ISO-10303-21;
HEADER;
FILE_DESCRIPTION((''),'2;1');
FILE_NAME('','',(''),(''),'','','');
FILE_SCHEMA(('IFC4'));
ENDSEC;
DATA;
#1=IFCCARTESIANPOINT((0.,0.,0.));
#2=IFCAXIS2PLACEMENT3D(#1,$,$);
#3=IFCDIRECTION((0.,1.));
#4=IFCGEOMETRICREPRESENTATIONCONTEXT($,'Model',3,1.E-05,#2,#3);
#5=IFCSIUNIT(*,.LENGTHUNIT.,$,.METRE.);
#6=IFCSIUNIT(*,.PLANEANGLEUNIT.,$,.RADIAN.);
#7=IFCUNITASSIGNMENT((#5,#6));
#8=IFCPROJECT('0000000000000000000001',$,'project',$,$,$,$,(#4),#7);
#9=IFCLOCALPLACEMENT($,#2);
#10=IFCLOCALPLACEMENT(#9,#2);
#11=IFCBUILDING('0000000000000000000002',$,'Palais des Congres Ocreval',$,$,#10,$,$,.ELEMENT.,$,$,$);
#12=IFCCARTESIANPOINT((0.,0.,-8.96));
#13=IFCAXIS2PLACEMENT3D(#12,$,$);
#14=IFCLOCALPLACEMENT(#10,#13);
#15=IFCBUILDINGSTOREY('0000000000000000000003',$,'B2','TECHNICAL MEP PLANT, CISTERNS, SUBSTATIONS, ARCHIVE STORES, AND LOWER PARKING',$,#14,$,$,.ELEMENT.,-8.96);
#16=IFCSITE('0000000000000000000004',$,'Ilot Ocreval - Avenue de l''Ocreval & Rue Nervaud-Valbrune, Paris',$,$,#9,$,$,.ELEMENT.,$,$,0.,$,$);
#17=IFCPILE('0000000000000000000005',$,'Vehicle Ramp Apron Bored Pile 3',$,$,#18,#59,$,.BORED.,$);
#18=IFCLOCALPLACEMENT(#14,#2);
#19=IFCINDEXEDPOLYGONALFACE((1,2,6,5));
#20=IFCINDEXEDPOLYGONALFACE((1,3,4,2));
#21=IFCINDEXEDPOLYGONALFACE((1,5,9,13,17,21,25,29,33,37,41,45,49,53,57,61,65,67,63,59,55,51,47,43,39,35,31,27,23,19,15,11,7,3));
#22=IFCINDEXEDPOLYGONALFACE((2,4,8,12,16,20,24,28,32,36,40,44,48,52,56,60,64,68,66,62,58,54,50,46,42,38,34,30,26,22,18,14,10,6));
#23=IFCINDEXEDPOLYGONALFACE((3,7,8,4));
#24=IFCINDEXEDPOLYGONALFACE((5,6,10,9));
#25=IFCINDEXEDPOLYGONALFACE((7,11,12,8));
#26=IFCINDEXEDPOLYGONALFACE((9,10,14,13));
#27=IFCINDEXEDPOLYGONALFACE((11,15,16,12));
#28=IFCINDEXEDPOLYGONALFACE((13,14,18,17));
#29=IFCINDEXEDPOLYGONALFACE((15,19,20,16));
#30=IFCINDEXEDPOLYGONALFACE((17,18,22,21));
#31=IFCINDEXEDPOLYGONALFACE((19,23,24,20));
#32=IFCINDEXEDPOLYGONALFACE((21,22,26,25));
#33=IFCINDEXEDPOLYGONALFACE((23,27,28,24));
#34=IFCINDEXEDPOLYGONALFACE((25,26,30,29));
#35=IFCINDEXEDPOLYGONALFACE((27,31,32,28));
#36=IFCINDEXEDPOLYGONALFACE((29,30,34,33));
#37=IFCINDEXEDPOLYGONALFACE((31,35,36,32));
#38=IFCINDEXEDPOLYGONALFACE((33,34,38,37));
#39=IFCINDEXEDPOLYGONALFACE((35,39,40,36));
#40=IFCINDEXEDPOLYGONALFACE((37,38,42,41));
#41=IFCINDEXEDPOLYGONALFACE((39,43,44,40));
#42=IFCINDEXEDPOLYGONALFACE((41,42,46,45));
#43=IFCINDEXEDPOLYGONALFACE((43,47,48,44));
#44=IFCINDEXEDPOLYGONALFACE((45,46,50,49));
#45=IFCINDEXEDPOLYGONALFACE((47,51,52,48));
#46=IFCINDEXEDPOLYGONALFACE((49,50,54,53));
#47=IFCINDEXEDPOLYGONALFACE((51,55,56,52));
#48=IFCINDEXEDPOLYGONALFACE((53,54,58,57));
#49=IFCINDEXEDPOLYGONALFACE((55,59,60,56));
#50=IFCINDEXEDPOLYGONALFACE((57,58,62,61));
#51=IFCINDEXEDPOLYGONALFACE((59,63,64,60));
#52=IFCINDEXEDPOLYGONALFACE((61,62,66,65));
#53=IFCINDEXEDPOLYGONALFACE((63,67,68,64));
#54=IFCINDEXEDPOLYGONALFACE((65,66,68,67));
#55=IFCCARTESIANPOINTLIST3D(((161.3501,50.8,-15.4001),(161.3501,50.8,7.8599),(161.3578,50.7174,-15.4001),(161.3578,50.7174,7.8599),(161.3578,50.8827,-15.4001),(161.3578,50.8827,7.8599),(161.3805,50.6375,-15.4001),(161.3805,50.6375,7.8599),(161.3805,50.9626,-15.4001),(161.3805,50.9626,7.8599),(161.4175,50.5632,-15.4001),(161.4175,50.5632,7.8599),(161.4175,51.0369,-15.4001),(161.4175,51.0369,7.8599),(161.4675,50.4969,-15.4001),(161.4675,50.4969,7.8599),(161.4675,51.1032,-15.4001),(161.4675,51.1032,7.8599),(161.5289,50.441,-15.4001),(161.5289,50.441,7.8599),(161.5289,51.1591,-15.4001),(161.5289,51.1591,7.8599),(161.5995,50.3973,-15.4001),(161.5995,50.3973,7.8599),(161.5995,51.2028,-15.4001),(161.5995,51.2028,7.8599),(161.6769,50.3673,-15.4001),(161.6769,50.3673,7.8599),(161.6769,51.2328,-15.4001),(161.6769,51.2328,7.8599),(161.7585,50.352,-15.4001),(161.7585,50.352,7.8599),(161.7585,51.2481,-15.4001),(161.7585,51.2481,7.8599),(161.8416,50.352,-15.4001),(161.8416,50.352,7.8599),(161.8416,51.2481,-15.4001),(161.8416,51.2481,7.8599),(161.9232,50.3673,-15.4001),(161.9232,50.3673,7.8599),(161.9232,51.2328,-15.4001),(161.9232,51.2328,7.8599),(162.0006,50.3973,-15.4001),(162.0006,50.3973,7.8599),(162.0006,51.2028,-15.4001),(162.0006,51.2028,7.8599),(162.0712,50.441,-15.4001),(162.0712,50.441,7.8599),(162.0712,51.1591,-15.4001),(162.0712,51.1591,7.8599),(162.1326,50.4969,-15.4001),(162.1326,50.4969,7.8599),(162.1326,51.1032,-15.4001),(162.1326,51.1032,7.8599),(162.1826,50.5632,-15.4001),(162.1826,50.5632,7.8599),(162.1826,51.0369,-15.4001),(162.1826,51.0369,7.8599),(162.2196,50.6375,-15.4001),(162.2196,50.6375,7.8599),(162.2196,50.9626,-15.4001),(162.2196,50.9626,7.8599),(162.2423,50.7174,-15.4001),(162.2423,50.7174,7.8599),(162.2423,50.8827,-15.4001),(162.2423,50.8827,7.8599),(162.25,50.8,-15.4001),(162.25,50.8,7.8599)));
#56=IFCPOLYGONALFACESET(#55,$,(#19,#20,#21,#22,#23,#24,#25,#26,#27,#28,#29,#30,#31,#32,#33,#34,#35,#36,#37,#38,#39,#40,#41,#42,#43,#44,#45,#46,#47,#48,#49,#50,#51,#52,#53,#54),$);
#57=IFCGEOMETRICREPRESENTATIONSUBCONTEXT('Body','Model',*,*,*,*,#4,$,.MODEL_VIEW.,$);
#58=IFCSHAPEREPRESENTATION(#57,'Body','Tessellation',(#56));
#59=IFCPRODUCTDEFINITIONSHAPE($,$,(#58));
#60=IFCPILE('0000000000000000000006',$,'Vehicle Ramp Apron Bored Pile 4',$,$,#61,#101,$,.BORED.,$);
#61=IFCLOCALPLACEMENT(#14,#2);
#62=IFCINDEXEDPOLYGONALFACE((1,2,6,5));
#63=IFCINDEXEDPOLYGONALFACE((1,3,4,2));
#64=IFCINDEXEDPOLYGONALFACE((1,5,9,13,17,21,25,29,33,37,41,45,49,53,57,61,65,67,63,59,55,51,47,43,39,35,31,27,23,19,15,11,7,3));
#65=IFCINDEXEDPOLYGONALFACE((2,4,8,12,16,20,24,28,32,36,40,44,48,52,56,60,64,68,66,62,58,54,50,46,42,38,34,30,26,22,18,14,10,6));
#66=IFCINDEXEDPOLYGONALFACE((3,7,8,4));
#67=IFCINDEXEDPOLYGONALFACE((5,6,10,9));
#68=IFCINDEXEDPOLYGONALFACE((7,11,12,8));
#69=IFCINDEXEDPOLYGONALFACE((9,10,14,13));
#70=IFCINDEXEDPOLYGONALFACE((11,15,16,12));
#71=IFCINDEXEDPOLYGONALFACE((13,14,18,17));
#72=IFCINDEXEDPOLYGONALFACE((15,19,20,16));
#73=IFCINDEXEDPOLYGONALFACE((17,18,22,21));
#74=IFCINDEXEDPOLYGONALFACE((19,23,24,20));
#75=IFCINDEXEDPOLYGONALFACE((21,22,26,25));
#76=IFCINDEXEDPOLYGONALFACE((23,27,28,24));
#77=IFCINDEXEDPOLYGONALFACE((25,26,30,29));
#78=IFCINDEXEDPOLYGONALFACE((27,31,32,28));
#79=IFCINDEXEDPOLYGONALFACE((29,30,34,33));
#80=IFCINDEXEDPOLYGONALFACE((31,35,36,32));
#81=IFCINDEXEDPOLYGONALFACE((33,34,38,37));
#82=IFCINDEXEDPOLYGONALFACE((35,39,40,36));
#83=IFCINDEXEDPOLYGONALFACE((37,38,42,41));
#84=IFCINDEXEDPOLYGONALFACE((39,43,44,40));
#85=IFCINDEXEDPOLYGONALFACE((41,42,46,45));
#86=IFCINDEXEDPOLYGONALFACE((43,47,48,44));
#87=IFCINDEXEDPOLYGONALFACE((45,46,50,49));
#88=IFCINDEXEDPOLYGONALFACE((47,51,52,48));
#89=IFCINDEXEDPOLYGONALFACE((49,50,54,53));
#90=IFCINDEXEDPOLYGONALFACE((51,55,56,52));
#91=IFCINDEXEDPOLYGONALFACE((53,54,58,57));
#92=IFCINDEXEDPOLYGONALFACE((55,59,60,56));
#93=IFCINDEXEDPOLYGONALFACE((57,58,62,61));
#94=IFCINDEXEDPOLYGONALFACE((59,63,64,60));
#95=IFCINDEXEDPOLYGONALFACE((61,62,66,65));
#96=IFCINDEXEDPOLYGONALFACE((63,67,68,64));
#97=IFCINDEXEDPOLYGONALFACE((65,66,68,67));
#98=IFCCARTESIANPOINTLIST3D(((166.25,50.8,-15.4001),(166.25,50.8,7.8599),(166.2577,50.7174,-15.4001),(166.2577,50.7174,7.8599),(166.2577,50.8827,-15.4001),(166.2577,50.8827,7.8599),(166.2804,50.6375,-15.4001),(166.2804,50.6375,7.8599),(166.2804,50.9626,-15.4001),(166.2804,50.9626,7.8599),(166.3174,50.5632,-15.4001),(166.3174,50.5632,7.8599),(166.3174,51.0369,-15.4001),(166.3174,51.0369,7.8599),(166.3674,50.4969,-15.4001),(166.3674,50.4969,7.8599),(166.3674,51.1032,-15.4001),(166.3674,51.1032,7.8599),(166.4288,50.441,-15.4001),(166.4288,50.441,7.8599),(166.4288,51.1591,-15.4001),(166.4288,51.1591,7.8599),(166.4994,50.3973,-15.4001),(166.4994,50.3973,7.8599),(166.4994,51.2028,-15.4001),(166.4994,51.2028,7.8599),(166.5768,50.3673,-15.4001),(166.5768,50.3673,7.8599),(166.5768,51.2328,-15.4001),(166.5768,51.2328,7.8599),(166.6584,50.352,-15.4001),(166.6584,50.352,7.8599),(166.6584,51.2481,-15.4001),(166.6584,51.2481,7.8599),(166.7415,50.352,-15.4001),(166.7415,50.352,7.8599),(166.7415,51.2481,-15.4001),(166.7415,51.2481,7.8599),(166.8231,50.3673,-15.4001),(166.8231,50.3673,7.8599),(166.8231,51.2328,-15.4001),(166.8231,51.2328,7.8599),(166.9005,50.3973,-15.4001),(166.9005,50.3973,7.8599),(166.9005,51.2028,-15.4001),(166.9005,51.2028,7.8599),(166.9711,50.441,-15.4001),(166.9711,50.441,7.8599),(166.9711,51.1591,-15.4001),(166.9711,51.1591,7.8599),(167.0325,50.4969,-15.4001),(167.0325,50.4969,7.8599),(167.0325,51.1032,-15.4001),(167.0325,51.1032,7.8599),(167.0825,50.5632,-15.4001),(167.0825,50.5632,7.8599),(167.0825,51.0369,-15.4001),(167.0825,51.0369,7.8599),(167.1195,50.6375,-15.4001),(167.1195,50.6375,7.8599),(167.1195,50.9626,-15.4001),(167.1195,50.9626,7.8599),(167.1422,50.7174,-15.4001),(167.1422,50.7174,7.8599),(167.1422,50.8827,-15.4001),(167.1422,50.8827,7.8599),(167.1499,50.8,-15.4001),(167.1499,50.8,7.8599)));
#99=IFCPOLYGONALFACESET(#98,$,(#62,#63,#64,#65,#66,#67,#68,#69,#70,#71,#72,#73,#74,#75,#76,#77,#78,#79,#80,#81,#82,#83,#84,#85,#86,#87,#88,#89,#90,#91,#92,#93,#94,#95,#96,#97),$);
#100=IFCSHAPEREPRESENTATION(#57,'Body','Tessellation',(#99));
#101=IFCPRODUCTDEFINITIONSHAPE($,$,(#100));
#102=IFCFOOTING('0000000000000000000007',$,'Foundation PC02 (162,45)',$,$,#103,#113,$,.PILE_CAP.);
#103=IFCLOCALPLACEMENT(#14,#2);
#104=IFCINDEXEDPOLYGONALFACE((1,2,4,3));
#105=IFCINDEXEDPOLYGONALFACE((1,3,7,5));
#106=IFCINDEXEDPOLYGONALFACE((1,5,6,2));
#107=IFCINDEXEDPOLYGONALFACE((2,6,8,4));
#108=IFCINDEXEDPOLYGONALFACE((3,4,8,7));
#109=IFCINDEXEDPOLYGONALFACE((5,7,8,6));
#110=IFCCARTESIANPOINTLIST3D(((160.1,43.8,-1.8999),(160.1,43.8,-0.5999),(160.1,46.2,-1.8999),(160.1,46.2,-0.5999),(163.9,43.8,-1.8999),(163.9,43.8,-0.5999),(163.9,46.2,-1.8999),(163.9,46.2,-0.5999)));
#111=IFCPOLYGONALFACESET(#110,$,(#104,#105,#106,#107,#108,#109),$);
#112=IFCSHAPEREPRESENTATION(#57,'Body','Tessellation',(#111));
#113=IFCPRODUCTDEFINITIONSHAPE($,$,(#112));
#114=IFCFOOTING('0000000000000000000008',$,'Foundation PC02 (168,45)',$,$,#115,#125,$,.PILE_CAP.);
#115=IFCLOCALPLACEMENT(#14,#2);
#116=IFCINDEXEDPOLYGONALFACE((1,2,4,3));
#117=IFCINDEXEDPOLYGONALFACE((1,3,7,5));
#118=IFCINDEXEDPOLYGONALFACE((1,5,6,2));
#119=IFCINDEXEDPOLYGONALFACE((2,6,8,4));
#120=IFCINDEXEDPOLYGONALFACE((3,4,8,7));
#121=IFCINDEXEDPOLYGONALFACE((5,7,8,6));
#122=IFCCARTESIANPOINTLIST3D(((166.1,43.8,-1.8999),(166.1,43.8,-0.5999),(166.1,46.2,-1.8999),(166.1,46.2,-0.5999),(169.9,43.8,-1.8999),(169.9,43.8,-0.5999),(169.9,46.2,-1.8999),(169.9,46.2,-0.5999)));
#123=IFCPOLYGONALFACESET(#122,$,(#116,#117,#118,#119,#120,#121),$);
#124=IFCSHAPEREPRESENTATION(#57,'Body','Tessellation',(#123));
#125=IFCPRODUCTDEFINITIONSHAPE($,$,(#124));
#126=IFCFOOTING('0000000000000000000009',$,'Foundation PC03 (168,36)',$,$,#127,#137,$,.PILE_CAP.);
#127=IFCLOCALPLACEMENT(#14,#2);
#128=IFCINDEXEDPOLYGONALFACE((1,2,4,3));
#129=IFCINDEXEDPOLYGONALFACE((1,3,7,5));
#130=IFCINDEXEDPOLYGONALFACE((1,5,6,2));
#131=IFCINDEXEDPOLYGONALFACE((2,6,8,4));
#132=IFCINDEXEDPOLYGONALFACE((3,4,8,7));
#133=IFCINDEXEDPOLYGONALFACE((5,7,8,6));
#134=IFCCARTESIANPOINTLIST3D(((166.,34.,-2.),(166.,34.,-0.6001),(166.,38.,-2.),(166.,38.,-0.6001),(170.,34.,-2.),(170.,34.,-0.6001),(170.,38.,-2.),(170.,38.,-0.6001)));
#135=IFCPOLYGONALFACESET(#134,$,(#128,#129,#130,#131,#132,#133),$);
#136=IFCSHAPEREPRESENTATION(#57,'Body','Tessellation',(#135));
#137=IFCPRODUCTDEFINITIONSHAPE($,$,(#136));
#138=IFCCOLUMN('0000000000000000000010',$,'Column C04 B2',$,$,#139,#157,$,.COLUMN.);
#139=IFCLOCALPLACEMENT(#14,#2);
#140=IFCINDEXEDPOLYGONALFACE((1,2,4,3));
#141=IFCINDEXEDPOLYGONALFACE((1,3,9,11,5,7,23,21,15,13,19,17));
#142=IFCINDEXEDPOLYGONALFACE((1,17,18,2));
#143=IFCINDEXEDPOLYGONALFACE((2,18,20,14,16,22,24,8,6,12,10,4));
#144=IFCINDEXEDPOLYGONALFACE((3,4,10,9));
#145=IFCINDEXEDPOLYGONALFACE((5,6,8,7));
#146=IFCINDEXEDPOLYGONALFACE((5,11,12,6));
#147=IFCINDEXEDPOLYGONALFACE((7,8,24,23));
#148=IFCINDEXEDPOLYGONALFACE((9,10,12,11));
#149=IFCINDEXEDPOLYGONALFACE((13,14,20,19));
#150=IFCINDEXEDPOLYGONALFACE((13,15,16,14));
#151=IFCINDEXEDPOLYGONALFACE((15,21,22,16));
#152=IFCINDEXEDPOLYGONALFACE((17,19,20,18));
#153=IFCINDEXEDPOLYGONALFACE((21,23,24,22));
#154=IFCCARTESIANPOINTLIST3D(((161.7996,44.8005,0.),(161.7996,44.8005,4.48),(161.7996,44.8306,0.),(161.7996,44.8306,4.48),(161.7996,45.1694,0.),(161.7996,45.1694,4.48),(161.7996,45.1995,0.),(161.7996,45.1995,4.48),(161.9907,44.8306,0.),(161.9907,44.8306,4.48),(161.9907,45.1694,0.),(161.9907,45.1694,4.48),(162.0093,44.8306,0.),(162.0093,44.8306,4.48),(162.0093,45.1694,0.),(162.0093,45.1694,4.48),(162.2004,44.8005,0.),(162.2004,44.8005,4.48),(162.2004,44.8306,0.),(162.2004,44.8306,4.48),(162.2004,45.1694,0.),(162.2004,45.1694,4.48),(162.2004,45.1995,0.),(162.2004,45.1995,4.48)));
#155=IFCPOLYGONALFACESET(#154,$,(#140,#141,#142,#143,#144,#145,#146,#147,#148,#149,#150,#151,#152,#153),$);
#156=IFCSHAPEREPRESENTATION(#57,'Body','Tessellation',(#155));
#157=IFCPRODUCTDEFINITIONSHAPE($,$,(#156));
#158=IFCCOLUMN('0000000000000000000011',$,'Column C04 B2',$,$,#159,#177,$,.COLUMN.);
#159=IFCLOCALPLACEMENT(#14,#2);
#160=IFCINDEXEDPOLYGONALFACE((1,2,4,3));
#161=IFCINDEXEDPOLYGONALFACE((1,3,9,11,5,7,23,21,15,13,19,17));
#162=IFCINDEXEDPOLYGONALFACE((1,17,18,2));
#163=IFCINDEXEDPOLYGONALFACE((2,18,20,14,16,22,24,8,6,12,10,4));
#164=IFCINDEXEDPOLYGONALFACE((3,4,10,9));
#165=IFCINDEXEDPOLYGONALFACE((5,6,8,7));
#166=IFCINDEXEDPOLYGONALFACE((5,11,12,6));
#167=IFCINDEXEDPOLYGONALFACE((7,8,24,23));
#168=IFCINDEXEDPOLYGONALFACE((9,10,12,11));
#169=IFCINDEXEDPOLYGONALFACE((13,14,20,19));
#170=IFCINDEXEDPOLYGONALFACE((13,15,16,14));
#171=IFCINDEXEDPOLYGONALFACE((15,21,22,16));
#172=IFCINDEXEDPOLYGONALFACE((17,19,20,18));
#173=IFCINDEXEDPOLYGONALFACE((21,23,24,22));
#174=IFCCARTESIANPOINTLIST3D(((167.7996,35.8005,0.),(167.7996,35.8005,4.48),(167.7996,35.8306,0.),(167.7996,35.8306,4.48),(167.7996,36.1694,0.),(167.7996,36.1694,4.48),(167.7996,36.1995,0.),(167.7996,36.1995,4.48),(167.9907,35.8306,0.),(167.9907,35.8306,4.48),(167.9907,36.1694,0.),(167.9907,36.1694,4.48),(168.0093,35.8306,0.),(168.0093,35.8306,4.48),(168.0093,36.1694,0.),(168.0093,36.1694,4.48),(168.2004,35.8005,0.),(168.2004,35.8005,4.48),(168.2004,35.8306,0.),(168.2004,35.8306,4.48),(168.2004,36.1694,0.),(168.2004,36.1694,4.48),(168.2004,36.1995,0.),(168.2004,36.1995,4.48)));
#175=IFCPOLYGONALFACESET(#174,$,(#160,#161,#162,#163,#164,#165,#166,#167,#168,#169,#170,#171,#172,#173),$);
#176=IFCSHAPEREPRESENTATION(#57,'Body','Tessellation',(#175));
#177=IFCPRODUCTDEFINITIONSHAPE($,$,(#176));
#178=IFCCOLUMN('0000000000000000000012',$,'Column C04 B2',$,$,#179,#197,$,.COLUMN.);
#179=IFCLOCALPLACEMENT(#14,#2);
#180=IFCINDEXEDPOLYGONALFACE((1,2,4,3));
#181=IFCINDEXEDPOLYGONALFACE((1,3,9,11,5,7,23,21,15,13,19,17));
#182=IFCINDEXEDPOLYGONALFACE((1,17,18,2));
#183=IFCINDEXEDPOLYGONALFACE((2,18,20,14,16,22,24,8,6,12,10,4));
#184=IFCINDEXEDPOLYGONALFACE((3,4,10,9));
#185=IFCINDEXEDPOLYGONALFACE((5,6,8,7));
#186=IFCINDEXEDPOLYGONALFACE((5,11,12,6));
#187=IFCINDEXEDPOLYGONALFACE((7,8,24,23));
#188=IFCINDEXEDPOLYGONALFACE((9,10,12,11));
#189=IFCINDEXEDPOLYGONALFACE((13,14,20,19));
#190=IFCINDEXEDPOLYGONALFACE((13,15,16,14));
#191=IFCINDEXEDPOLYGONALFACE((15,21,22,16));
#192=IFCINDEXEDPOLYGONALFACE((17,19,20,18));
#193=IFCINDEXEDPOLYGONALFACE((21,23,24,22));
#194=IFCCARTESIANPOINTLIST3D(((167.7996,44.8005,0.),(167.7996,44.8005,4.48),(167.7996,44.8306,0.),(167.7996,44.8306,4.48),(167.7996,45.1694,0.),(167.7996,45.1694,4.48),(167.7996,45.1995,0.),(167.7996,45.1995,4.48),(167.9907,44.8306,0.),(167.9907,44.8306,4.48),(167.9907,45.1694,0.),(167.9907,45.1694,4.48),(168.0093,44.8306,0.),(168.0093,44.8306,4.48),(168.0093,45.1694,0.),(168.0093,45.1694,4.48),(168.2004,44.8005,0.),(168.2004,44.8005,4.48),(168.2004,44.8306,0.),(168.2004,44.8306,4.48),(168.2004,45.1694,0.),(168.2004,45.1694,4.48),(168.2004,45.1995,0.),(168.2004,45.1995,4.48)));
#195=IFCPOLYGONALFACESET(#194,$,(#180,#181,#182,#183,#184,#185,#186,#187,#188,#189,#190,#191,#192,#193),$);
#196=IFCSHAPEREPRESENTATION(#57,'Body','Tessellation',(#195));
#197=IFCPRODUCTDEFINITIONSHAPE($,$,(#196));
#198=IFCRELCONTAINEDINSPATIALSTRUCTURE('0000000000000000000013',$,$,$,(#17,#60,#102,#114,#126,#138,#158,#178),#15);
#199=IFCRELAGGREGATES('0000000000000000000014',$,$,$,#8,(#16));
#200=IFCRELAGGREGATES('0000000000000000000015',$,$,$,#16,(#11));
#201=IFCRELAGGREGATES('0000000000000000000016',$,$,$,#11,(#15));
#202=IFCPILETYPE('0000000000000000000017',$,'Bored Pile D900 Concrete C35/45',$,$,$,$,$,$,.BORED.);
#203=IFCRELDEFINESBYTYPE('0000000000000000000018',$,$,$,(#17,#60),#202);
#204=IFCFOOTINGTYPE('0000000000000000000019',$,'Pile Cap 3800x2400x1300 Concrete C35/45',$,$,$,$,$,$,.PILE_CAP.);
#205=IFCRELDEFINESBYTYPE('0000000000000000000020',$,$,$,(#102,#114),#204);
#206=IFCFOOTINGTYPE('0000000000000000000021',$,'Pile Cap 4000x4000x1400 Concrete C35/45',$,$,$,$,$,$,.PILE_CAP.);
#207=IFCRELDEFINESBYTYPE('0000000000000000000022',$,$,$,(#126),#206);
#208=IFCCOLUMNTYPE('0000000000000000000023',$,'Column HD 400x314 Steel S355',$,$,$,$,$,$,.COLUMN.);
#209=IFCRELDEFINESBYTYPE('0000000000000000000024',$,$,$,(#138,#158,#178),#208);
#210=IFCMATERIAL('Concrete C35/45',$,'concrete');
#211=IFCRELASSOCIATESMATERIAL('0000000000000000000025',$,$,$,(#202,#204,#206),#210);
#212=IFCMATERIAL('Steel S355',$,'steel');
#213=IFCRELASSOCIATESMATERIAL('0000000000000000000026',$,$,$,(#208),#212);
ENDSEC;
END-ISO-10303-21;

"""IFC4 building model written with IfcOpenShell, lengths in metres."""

from ifc_helpers import new_model, si_unit, direction, frame, origin, origin_2d, place, context, subcontext, project, spatial, rectangle, circle, i_section, extrude, material, material_profile, profile_set, type_object, element, save


model = new_model("IFC4")

# Units and contexts
model_context = context("Model", 3, precision=1e-05, world=origin(), true_north=direction((0.0, 1.0)))
body_context = subcontext(model_context, "Body", "Model", "MODEL_VIEW")
ifc_project = project(units=[si_unit("LENGTHUNIT", "METRE"), si_unit("PLANEANGLEUNIT", "RADIAN")], contexts=[model_context])

# Site, building, storey
site_placement = place(None, origin())
site = spatial("IfcSite", under=ifc_project, at=site_placement, Name="Ilot Ocreval - Avenue de l'Ocreval & Rue Nervaud-Valbrune, Paris", CompositionType="ELEMENT", RefElevation=0.0)
building_placement = place(site_placement, origin())
building = spatial("IfcBuilding", under=site, at=building_placement, Name="Palais des Congres Ocreval", CompositionType="ELEMENT")
storey_placement = place(building_placement, frame((0.0, 0.0, -8.96)))
storey = spatial("IfcBuildingStorey", under=building, at=storey_placement, Name="B2", Description="TECHNICAL MEP PLANT, CISTERNS, SUBSTATIONS, ARCHIVE STORES, AND LOWER PARKING", CompositionType="ELEMENT", Elevation=-8.96)

# Piles
ifc_material_1 = material(Name="Concrete C35/45", Category="concrete")
ifc_material_profile_1 = material_profile(ifc_material_1, circle(Radius=0.45, at=origin_2d()), Name="BORED PILE 900")
ifc_profile_set_1 = profile_set([ifc_material_profile_1], Name="Concrete C35/45")
pile_type_1 = type_object("IfcPileType", Name="Bored Pile D900 Concrete C35/45", PredefinedType="BORED", material=ifc_profile_set_1)
for number, where, z_axis, x_axis, name in (
    (1, (161.8, 50.8, 7.8599), (0.0, 0.0, -1.0), (1.0, 0.0, 0.0), "Vehicle Ramp Apron Bored Pile 3"),
    (2, (166.7, 50.8, 7.8599), (0.0, 0.0, -1.0), (1.0, 0.0, 0.0), "Vehicle Ramp Apron Bored Pile 4"),
):
    element("IfcPile", number, at=place(storey_placement, frame(where, z_axis=z_axis, x_axis=x_axis)), inside=storey, type_object=pile_type_1, Name=name, PredefinedType="BORED", context=body_context, shape_type="SweptSolid", body=[
        extrude(circle(Radius=0.45, at=origin_2d()), origin(), (0.0, 0.0, 1.0), 23.26),
    ])

# Footings
footing_type_1 = type_object("IfcFootingType", Name="Pile Cap 3800x2400x1300 Concrete C35/45", PredefinedType="PILE_CAP", material=ifc_material_1)
for number, where, z_axis, x_axis, name in (
    (3, (162.0, 45.0, -1.8999), (0.0, 0.0, 1.0), (1.0, 0.0, 0.0), "Foundation PC02 (162,45)"),
    (4, (168.0, 45.0, -1.8999), (0.0, 0.0, 1.0), (1.0, 0.0, 0.0), "Foundation PC02 (168,45)"),
):
    element("IfcFooting", number, at=place(storey_placement, frame(where, z_axis=z_axis, x_axis=x_axis)), inside=storey, type_object=footing_type_1, Name=name, PredefinedType="PILE_CAP", context=body_context, shape_type="SweptSolid", body=[
        extrude(rectangle(XDim=3.8, YDim=2.3999, at=origin_2d()), origin(), (0.0, 0.0, 1.0), 1.3),
    ])
footing_type_2 = type_object("IfcFootingType", Name="Pile Cap 4000x4000x1400 Concrete C35/45", PredefinedType="PILE_CAP", material=ifc_material_1)
footing_placement = place(storey_placement, frame((168.0, 36.0, -2.0), z_axis=(0.0, 0.0, 1.0), x_axis=(1.0, 0.0, 0.0)))
element("IfcFooting", 5, at=footing_placement, inside=storey, type_object=footing_type_2, Name="Foundation PC03 (168,36)", PredefinedType="PILE_CAP", context=body_context, shape_type="SweptSolid", body=[
    extrude(rectangle(XDim=4.0, YDim=4.0, at=origin_2d()), origin(), (0.0, 0.0, 1.0), 1.3999),
])

# Columns
ifc_material_2 = material(Name="Steel S355", Category="steel")
ifc_material_profile_2 = material_profile(ifc_material_2, i_section(OverallWidth=0.4009, OverallDepth=0.3989, WebThickness=0.0186, FlangeThickness=0.03, at=origin_2d()), Name="HD 400x314")
ifc_profile_set_2 = profile_set([ifc_material_profile_2], Name="Steel S355")
column_type = type_object("IfcColumnType", Name="Column HD 400x314 Steel S355", PredefinedType="COLUMN", material=ifc_profile_set_2)
for number, where, z_axis, x_axis, name in (
    (6, (162.0, 45.0, 0.0), (0.0, 0.0, 1.0), (1.0, 0.0, 0.0), "Column C04 B2"),
    (7, (168.0, 36.0, 0.0), (0.0, 0.0, 1.0), (1.0, 0.0, 0.0), "Column C04 B2"),
    (8, (168.0, 45.0, 0.0), (0.0, 0.0, 1.0), (1.0, 0.0, 0.0), "Column C04 B2"),
):
    element("IfcColumn", number, at=place(storey_placement, frame(where, z_axis=z_axis, x_axis=x_axis)), inside=storey, type_object=column_type, Name=name, PredefinedType="COLUMN", context=body_context, shape_type="SweptSolid", body=[
        extrude(i_section(OverallWidth=0.4009, OverallDepth=0.3989, WebThickness=0.0186, FlangeThickness=0.03, at=origin_2d()), origin(), (0.0, 0.0, 1.0), 4.48),
    ])

save(model, "model.ifc")
